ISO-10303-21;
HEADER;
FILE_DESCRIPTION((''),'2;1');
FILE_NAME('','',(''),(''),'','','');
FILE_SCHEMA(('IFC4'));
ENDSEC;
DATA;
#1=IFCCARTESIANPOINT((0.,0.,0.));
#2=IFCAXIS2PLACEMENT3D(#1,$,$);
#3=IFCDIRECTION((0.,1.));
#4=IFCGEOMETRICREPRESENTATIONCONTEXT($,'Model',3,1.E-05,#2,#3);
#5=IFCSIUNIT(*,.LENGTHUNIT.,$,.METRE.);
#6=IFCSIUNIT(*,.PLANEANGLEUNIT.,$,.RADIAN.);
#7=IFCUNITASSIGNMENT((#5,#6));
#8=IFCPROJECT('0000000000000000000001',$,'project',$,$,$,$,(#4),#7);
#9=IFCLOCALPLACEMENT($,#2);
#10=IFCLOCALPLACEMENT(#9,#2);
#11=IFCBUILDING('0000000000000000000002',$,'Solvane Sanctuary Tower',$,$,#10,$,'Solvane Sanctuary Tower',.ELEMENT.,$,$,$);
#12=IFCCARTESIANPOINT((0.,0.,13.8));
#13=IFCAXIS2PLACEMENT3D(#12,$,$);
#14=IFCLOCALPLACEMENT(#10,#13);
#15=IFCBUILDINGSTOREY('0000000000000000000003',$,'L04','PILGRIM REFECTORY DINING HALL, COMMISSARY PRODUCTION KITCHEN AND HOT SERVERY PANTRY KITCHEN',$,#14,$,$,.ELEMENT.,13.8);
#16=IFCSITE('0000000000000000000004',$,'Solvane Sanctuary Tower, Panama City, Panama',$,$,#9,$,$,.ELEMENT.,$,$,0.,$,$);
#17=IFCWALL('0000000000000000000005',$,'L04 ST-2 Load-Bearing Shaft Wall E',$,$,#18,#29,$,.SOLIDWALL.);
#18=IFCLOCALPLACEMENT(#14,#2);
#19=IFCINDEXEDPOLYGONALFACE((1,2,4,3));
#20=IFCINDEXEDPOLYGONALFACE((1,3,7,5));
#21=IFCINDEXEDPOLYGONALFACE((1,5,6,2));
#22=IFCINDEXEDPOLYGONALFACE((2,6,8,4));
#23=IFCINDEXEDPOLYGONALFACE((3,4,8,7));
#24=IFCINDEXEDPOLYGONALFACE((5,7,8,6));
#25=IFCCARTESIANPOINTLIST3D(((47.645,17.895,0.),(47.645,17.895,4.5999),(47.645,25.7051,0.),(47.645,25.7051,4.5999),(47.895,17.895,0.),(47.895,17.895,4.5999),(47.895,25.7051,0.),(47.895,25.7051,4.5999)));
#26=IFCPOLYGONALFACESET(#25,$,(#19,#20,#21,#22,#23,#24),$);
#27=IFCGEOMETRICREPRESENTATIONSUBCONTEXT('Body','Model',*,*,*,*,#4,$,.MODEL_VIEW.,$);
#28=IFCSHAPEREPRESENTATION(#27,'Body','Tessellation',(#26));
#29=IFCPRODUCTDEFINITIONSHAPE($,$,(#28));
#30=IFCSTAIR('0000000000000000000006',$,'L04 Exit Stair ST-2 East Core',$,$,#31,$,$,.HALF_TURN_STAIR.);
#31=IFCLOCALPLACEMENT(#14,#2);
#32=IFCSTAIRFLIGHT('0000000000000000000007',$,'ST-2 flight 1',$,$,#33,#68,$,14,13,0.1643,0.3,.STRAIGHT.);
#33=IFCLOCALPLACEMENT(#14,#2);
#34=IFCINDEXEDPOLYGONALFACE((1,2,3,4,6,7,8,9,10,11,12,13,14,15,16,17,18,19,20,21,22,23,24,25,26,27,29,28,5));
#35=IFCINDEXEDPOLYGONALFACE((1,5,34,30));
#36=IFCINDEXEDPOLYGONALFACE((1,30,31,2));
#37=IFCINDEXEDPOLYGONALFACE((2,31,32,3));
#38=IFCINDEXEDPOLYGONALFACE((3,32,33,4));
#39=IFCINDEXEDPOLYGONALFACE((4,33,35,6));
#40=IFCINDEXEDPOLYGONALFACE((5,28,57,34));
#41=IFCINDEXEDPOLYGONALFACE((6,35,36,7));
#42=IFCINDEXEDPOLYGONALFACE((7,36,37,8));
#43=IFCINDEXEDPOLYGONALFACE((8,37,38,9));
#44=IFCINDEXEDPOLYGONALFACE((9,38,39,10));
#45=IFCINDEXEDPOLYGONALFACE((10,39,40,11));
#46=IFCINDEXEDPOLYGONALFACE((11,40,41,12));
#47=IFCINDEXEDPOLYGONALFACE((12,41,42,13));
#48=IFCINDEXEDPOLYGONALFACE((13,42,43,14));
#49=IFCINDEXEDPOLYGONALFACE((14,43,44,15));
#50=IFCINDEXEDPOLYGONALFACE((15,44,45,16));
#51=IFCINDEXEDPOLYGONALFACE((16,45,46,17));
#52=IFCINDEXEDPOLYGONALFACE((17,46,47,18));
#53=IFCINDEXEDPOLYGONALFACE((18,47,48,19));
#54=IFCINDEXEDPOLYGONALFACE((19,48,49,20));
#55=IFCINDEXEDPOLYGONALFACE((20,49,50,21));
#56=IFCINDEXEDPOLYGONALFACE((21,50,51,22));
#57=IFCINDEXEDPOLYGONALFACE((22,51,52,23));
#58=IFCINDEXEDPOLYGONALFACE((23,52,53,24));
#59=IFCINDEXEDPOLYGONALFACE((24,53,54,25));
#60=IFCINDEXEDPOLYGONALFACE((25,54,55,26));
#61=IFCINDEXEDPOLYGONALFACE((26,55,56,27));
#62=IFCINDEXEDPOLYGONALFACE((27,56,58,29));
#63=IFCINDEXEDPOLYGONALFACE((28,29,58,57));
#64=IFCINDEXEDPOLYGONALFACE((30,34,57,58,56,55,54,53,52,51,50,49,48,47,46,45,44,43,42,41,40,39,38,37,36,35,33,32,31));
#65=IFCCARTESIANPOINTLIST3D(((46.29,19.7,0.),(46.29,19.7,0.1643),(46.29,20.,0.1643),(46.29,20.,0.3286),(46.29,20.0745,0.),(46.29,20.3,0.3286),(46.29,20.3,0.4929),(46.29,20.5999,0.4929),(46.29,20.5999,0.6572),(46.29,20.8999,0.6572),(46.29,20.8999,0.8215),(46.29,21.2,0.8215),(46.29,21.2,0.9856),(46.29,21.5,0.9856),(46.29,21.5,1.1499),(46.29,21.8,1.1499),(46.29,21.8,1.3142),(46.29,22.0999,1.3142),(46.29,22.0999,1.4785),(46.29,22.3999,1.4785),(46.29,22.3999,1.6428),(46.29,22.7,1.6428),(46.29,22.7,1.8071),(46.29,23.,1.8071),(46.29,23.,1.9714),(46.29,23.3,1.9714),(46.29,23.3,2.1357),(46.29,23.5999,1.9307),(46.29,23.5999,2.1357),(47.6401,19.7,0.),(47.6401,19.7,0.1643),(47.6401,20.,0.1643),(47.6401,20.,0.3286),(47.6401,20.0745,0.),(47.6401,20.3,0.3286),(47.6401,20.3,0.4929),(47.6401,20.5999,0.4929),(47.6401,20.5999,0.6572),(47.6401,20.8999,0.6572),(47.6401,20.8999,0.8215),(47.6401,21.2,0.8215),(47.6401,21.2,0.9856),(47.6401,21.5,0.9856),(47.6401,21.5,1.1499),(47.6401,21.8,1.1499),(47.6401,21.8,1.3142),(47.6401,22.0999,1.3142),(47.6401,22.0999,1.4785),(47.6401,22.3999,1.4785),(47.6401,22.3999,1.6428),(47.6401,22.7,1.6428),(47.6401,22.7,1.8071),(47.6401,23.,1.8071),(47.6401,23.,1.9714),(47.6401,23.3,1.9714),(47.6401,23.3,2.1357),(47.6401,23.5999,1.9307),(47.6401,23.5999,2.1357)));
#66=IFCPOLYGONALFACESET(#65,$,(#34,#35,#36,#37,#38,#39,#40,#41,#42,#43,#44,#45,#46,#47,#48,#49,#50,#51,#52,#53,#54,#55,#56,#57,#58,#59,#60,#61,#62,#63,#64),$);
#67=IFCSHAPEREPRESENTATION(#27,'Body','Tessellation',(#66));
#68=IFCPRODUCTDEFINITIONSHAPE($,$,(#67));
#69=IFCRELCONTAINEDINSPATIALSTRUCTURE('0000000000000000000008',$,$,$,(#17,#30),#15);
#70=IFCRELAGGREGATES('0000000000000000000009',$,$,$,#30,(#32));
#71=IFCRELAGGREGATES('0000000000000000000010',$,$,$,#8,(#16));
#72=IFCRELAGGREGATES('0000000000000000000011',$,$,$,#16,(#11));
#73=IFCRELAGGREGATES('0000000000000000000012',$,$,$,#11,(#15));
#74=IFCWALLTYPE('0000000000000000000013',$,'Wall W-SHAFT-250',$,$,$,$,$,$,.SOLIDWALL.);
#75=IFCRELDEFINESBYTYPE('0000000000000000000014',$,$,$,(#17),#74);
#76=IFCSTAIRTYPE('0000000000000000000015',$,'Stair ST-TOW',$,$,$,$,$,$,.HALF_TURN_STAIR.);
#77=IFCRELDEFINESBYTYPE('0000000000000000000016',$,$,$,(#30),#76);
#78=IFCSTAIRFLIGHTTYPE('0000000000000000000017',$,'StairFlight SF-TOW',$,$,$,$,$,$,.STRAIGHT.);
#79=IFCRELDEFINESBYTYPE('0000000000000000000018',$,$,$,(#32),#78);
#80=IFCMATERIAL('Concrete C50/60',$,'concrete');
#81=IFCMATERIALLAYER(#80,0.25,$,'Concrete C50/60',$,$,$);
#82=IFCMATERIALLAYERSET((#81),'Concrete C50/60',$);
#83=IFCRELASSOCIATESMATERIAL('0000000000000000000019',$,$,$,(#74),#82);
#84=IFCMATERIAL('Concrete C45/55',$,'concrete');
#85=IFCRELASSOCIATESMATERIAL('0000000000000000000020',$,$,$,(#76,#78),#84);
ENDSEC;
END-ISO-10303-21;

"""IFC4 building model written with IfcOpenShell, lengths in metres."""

from ifc_helpers import new_model, si_unit, direction, frame, frame_2d, origin, place, context, subcontext, project, spatial, polyline, rectangle, outline, extrude, material, layer, layer_set, type_object, element, aggregate, save


model = new_model("IFC4")

# Units and contexts
model_context = context("Model", 3, precision=1e-05, world=origin(), true_north=direction((0.0, 1.0)))
body_context = subcontext(model_context, "Body", "Model", "MODEL_VIEW")
ifc_project = project(units=[si_unit("LENGTHUNIT", "METRE"), si_unit("PLANEANGLEUNIT", "RADIAN")], contexts=[model_context])

# Site, building, storey
site_placement = place(None, origin())
site = spatial("IfcSite", under=ifc_project, at=site_placement, Name="Solvane Sanctuary Tower, Panama City, Panama", CompositionType="ELEMENT", RefElevation=0.0)
building_placement = place(site_placement, origin())
building = spatial("IfcBuilding", under=site, at=building_placement, Name="Solvane Sanctuary Tower", LongName="Solvane Sanctuary Tower", CompositionType="ELEMENT")
storey_placement = place(building_placement, frame((0.0, 0.0, 13.8)))
storey = spatial("IfcBuildingStorey", under=building, at=storey_placement, Name="L04", Description="PILGRIM REFECTORY DINING HALL, COMMISSARY PRODUCTION KITCHEN AND HOT SERVERY PANTRY KITCHEN", CompositionType="ELEMENT", Elevation=13.8)

# Shared definitions
ifc_material_1 = material(Name="Concrete C50/60", Category="concrete")

# Shared definitions
ifc_layer_1 = layer(ifc_material_1, 0.25, Name="Concrete C50/60")
ifc_layer_set_1 = layer_set([ifc_layer_1], Name="Concrete C50/60")
wall_type_1 = type_object("IfcWallType", Name="Wall W-SHAFT-250", PredefinedType="SOLIDWALL", material=ifc_layer_set_1)

# Wall
for number, where, z_axis, x_axis, name in (
    (1, (47.77, 17.895, 0.0), (0.0, 0.0, 1.0), (0.0, 1.0, 0.0), "L04 ST-2 Load-Bearing Shaft Wall E"),
):
    element("IfcWall", number, at=place(storey_placement, frame(where, z_axis=z_axis, x_axis=x_axis)), inside=storey, type_object=wall_type_1, Name=name, PredefinedType="SOLIDWALL", context=body_context, shape_type="SweptSolid", body=[
        extrude(rectangle(XDim=7.8101, YDim=0.25, at=frame_2d((3.905, 0.0))), origin(), (0.0, 0.0, 1.0), 4.5999),
    ])

# Stair, stair flight
ifc_material_2 = material(Name="Concrete C45/55", Category="concrete")
stair_type = type_object("IfcStairType", Name="Stair ST-TOW", PredefinedType="HALF_TURN_STAIR", material=ifc_material_2)
stair_placement = place(storey_placement, origin())
stair = element("IfcStair", 2, at=stair_placement, inside=storey, type_object=stair_type, Name="L04 Exit Stair ST-2 East Core", PredefinedType="HALF_TURN_STAIR")
stair_flight_type = type_object("IfcStairFlightType", Name="StairFlight SF-TOW", PredefinedType="STRAIGHT", material=ifc_material_2)
stair_flight_placement = place(storey_placement, frame((46.9651, 19.7, 0.0), z_axis=(0.0, 0.0, 1.0), x_axis=(0.0, 1.0, 0.0)))
stair_flight = element("IfcStairFlight", 3, at=stair_flight_placement, type_object=stair_flight_type, Name="ST-2 flight 1", NumberOfRisers=14, NumberOfTreads=13, PredefinedType="STRAIGHT", RiserHeight=0.1643, TreadLength=0.3, context=body_context, shape_type="SweptSolid", body=[
    extrude(outline(polyline([(0.0, 0.0), (0.0, 0.1643), (0.3, 0.1643), (0.3, 0.3286), (0.6001, 0.3286), (0.6001, 0.4929), (0.8999, 0.4929), (0.8999, 0.6572), (1.2, 0.6572), (1.2, 0.8215), (1.5, 0.8215), (1.5, 0.9856), (1.8, 0.9856), (1.8, 1.1499), (2.1001, 1.1499), (2.1001, 1.3142), (2.3999, 1.3142), (2.3999, 1.4785), (2.7, 1.4785), (2.7, 1.6428), (3.0, 1.6428), (3.0, 1.8071), (3.3, 1.8071), (3.3, 1.9714), (3.6001, 1.9714), (3.6001, 2.1357), (3.8999, 2.1357), (3.8999, 2.3), (3.8999, 1.9307), (0.3745, 0.0), (0.0, 0.0)])), frame((0.0, 0.675, 0.0), z_axis=(0.0, -1.0, 0.0), x_axis=(1.0, 0.0, 0.0)), (0.0, 0.0, 1.0), 1.3501),
])
aggregate(stair, [stair_flight])

save(model, "model.ifc")
